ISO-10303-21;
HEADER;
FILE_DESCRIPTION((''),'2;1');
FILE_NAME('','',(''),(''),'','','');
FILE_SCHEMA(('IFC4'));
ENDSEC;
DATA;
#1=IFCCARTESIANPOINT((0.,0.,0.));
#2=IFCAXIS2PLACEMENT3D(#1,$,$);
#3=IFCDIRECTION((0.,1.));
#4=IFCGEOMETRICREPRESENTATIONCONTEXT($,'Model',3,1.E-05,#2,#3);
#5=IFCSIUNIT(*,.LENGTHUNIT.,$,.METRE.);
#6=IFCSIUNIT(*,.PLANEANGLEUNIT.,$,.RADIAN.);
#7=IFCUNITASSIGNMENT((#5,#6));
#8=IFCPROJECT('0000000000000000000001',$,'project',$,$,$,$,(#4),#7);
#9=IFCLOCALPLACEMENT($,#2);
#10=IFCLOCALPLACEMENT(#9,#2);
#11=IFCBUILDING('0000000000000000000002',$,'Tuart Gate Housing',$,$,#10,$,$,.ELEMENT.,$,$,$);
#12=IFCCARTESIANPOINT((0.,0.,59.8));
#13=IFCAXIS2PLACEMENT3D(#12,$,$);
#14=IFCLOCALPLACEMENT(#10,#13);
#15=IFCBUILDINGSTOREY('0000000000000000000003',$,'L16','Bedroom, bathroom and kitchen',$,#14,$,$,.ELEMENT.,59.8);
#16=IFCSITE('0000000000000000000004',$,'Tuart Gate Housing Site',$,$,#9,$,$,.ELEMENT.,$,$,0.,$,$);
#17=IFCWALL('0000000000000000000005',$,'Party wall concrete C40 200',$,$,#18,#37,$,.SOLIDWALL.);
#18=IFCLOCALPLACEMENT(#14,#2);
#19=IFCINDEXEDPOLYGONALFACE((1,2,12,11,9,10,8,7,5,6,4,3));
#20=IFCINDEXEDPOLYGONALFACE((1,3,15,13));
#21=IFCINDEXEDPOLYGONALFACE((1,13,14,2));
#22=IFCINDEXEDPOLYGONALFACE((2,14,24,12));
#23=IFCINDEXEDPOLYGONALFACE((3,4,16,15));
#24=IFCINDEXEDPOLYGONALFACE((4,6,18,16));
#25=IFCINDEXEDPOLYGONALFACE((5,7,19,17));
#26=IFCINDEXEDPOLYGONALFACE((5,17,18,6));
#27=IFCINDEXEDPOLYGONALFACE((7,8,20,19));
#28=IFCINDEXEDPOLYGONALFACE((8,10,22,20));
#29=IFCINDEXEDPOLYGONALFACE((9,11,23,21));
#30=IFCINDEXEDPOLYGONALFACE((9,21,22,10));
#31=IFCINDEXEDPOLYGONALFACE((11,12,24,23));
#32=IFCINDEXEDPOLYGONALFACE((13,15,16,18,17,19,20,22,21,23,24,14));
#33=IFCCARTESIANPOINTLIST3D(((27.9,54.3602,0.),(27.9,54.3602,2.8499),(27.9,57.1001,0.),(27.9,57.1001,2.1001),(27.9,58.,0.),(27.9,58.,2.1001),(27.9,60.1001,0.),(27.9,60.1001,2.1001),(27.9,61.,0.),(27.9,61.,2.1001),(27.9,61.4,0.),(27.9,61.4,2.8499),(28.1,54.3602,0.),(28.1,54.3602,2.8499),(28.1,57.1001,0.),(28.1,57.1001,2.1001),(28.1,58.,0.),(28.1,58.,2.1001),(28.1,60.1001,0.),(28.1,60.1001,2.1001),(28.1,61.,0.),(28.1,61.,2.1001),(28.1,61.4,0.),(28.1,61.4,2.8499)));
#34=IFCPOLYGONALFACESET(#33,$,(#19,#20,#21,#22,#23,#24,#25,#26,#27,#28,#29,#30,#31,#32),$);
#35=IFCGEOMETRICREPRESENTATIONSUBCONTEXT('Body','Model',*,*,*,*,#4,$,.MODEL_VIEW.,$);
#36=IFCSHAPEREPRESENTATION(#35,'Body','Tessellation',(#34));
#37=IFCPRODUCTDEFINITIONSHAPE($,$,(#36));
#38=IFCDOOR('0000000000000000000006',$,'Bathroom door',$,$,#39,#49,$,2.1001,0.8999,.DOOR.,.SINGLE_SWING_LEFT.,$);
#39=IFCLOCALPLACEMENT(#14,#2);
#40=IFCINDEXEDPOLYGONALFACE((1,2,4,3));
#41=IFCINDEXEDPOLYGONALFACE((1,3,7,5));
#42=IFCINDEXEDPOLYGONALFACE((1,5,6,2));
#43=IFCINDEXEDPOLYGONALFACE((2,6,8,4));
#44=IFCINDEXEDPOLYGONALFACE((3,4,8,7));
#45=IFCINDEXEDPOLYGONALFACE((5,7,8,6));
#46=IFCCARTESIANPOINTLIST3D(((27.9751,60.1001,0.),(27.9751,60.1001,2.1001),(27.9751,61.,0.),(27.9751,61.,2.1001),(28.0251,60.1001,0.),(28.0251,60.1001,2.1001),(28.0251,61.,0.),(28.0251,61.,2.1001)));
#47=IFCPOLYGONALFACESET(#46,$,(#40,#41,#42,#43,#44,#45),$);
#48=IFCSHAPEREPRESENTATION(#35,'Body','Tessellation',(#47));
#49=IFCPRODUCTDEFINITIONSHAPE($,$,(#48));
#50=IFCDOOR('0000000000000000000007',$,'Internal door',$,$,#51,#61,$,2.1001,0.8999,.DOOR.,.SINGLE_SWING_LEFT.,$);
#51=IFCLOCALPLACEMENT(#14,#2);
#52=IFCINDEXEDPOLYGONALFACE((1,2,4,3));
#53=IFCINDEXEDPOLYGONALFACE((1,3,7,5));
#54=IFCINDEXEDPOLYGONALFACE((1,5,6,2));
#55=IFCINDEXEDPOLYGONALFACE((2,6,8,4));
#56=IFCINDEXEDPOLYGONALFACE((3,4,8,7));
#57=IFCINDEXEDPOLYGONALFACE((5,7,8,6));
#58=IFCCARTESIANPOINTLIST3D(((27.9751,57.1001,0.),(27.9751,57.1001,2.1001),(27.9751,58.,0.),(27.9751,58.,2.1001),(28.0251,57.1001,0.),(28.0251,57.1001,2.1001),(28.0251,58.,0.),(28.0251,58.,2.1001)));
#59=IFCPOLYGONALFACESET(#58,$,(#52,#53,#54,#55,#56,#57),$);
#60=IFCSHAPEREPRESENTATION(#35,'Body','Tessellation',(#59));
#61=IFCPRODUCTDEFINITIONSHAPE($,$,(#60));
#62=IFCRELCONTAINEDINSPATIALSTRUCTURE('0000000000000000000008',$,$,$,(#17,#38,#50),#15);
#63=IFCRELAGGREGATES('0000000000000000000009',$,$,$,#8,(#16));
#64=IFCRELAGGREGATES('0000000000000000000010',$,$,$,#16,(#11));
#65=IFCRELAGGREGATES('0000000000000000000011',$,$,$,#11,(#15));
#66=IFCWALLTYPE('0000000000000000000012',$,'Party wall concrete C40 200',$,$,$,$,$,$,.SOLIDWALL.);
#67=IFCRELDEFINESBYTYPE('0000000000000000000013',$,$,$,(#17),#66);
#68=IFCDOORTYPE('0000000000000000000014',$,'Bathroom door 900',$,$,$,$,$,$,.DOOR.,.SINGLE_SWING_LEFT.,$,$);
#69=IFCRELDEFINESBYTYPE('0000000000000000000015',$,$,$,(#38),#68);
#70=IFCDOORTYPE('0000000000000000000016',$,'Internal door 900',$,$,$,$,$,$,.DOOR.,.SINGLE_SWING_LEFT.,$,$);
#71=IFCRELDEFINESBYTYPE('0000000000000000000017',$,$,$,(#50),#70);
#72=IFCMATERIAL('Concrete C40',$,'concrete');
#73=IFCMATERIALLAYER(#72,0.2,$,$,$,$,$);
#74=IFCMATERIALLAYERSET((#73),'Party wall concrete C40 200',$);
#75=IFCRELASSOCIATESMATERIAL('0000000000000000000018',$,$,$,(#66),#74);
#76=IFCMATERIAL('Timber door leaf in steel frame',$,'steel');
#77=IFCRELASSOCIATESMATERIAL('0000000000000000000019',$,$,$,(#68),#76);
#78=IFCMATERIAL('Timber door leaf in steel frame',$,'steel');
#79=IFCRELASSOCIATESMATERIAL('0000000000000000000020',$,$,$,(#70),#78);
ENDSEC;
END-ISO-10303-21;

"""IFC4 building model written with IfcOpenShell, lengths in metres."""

from ifc_helpers import new_model, si_unit, direction, frame, frame_2d, origin, place, context, subcontext, project, spatial, rectangle, extrude, material, layer, layer_set, type_object, element, fill, save


model = new_model("IFC4")

# Units and contexts
model_context = context("Model", 3, precision=1e-05, world=origin(), true_north=direction((0.0, 1.0)))
body_context = subcontext(model_context, "Body", "Model", "MODEL_VIEW")
ifc_project = project(units=[si_unit("LENGTHUNIT", "METRE"), si_unit("PLANEANGLEUNIT", "RADIAN")], contexts=[model_context])

# Site, building, storey
site_placement = place(None, origin())
site = spatial("IfcSite", under=ifc_project, at=site_placement, Name="Tuart Gate Housing Site", CompositionType="ELEMENT", RefElevation=0.0)
building_placement = place(site_placement, origin())
building = spatial("IfcBuilding", under=site, at=building_placement, Name="Tuart Gate Housing", CompositionType="ELEMENT")
storey_placement = place(building_placement, frame((0.0, 0.0, 59.8)))
storey = spatial("IfcBuildingStorey", under=building, at=storey_placement, Name="L16", Description="Bedroom, bathroom and kitchen", CompositionType="ELEMENT", Elevation=59.8)

# Wall, openings, doors
ifc_material_1 = material(Name="Concrete C40", Category="concrete")
ifc_layer = layer(ifc_material_1, 0.2)
ifc_layer_set = layer_set([ifc_layer], Name="Party wall concrete C40 200")
wall_type = type_object("IfcWallType", Name="Party wall concrete C40 200", PredefinedType="SOLIDWALL", material=ifc_layer_set)
wall_placement = place(storey_placement, frame((28.0, 54.3601, 0.0), z_axis=(0.0, 0.0, 1.0), x_axis=(0.0, 1.0, 0.0)))
wall = element("IfcWall", 1, at=wall_placement, inside=storey, type_object=wall_type, Name="Party wall concrete C40 200", PredefinedType="SOLIDWALL", context=body_context, shape_type="SweptSolid", body=[
    extrude(rectangle(XDim=7.0398, YDim=0.2, at=frame_2d((3.52, 0.0))), origin(), (0.0, 0.0, 1.0), 2.8499),
])
opening_1_placement = place(wall_placement, frame((2.74, 0.0, 0.0)))
opening_1 = element("IfcOpeningElement", 2, at=opening_1_placement, cuts=wall, PredefinedType="OPENING", context=body_context, shape_type="SweptSolid", body=[
    extrude(rectangle(XDim=0.8999, YDim=2.1001, at=frame_2d((0.45, 1.05))), frame((0.0, 0.1099, 0.0), z_axis=(0.0, -1.0, 0.0), x_axis=(1.0, 0.0, 0.0)), (0.0, 0.0, 1.0), 0.22),
])
opening_2_placement = place(wall_placement, frame((5.74, 0.0, 0.0)))
opening_2 = element("IfcOpeningElement", 3, at=opening_2_placement, cuts=wall, PredefinedType="OPENING", context=body_context, shape_type="SweptSolid", body=[
    extrude(rectangle(XDim=0.8999, YDim=2.1001, at=frame_2d((0.45, 1.05))), frame((0.0, 0.1099, 0.0), z_axis=(0.0, -1.0, 0.0), x_axis=(1.0, 0.0, 0.0)), (0.0, 0.0, 1.0), 0.22),
])
ifc_material_2 = material(Name="Timber door leaf in steel frame", Category="steel")
door_type_1 = type_object("IfcDoorType", Name="Bathroom door 900", OperationType="SINGLE_SWING_LEFT", PredefinedType="DOOR", material=ifc_material_2)
door_1_placement = place(opening_2_placement, frame((0.8999, 0.0, 0.0), z_axis=(0.0, 0.0, 1.0), x_axis=(-1.0, 0.0, 0.0)))
door_1 = element("IfcDoor", 4, at=door_1_placement, inside=storey, type_object=door_type_1, Name="Bathroom door", OperationType="SINGLE_SWING_LEFT", OverallHeight=2.1001, OverallWidth=0.8999, PredefinedType="DOOR", context=body_context, shape_type="SweptSolid", body=[
    extrude(rectangle(XDim=0.8999, YDim=2.1001, at=frame_2d((0.45, 1.05))), frame((0.0, 0.0251, 0.0), z_axis=(0.0, -1.0, 0.0), x_axis=(1.0, 0.0, 0.0)), (0.0, 0.0, 1.0), 0.05),
])
fill(opening_2, door_1)
ifc_material_3 = material(Name="Timber door leaf in steel frame", Category="steel")
door_type_2 = type_object("IfcDoorType", Name="Internal door 900", OperationType="SINGLE_SWING_LEFT", PredefinedType="DOOR", material=ifc_material_3)
door_2_placement = place(opening_1_placement, frame((0.8999, 0.0, 0.0), z_axis=(0.0, 0.0, 1.0), x_axis=(-1.0, 0.0, 0.0)))
door_2 = element("IfcDoor", 5, at=door_2_placement, inside=storey, type_object=door_type_2, Name="Internal door", OperationType="SINGLE_SWING_LEFT", OverallHeight=2.1001, OverallWidth=0.8999, PredefinedType="DOOR", context=body_context, shape_type="SweptSolid", body=[
    extrude(rectangle(XDim=0.8999, YDim=2.1001, at=frame_2d((0.45, 1.05))), frame((0.0, 0.0251, 0.0), z_axis=(0.0, -1.0, 0.0), x_axis=(1.0, 0.0, 0.0)), (0.0, 0.0, 1.0), 0.05),
])
fill(opening_1, door_2)

save(model, "model.ifc")
